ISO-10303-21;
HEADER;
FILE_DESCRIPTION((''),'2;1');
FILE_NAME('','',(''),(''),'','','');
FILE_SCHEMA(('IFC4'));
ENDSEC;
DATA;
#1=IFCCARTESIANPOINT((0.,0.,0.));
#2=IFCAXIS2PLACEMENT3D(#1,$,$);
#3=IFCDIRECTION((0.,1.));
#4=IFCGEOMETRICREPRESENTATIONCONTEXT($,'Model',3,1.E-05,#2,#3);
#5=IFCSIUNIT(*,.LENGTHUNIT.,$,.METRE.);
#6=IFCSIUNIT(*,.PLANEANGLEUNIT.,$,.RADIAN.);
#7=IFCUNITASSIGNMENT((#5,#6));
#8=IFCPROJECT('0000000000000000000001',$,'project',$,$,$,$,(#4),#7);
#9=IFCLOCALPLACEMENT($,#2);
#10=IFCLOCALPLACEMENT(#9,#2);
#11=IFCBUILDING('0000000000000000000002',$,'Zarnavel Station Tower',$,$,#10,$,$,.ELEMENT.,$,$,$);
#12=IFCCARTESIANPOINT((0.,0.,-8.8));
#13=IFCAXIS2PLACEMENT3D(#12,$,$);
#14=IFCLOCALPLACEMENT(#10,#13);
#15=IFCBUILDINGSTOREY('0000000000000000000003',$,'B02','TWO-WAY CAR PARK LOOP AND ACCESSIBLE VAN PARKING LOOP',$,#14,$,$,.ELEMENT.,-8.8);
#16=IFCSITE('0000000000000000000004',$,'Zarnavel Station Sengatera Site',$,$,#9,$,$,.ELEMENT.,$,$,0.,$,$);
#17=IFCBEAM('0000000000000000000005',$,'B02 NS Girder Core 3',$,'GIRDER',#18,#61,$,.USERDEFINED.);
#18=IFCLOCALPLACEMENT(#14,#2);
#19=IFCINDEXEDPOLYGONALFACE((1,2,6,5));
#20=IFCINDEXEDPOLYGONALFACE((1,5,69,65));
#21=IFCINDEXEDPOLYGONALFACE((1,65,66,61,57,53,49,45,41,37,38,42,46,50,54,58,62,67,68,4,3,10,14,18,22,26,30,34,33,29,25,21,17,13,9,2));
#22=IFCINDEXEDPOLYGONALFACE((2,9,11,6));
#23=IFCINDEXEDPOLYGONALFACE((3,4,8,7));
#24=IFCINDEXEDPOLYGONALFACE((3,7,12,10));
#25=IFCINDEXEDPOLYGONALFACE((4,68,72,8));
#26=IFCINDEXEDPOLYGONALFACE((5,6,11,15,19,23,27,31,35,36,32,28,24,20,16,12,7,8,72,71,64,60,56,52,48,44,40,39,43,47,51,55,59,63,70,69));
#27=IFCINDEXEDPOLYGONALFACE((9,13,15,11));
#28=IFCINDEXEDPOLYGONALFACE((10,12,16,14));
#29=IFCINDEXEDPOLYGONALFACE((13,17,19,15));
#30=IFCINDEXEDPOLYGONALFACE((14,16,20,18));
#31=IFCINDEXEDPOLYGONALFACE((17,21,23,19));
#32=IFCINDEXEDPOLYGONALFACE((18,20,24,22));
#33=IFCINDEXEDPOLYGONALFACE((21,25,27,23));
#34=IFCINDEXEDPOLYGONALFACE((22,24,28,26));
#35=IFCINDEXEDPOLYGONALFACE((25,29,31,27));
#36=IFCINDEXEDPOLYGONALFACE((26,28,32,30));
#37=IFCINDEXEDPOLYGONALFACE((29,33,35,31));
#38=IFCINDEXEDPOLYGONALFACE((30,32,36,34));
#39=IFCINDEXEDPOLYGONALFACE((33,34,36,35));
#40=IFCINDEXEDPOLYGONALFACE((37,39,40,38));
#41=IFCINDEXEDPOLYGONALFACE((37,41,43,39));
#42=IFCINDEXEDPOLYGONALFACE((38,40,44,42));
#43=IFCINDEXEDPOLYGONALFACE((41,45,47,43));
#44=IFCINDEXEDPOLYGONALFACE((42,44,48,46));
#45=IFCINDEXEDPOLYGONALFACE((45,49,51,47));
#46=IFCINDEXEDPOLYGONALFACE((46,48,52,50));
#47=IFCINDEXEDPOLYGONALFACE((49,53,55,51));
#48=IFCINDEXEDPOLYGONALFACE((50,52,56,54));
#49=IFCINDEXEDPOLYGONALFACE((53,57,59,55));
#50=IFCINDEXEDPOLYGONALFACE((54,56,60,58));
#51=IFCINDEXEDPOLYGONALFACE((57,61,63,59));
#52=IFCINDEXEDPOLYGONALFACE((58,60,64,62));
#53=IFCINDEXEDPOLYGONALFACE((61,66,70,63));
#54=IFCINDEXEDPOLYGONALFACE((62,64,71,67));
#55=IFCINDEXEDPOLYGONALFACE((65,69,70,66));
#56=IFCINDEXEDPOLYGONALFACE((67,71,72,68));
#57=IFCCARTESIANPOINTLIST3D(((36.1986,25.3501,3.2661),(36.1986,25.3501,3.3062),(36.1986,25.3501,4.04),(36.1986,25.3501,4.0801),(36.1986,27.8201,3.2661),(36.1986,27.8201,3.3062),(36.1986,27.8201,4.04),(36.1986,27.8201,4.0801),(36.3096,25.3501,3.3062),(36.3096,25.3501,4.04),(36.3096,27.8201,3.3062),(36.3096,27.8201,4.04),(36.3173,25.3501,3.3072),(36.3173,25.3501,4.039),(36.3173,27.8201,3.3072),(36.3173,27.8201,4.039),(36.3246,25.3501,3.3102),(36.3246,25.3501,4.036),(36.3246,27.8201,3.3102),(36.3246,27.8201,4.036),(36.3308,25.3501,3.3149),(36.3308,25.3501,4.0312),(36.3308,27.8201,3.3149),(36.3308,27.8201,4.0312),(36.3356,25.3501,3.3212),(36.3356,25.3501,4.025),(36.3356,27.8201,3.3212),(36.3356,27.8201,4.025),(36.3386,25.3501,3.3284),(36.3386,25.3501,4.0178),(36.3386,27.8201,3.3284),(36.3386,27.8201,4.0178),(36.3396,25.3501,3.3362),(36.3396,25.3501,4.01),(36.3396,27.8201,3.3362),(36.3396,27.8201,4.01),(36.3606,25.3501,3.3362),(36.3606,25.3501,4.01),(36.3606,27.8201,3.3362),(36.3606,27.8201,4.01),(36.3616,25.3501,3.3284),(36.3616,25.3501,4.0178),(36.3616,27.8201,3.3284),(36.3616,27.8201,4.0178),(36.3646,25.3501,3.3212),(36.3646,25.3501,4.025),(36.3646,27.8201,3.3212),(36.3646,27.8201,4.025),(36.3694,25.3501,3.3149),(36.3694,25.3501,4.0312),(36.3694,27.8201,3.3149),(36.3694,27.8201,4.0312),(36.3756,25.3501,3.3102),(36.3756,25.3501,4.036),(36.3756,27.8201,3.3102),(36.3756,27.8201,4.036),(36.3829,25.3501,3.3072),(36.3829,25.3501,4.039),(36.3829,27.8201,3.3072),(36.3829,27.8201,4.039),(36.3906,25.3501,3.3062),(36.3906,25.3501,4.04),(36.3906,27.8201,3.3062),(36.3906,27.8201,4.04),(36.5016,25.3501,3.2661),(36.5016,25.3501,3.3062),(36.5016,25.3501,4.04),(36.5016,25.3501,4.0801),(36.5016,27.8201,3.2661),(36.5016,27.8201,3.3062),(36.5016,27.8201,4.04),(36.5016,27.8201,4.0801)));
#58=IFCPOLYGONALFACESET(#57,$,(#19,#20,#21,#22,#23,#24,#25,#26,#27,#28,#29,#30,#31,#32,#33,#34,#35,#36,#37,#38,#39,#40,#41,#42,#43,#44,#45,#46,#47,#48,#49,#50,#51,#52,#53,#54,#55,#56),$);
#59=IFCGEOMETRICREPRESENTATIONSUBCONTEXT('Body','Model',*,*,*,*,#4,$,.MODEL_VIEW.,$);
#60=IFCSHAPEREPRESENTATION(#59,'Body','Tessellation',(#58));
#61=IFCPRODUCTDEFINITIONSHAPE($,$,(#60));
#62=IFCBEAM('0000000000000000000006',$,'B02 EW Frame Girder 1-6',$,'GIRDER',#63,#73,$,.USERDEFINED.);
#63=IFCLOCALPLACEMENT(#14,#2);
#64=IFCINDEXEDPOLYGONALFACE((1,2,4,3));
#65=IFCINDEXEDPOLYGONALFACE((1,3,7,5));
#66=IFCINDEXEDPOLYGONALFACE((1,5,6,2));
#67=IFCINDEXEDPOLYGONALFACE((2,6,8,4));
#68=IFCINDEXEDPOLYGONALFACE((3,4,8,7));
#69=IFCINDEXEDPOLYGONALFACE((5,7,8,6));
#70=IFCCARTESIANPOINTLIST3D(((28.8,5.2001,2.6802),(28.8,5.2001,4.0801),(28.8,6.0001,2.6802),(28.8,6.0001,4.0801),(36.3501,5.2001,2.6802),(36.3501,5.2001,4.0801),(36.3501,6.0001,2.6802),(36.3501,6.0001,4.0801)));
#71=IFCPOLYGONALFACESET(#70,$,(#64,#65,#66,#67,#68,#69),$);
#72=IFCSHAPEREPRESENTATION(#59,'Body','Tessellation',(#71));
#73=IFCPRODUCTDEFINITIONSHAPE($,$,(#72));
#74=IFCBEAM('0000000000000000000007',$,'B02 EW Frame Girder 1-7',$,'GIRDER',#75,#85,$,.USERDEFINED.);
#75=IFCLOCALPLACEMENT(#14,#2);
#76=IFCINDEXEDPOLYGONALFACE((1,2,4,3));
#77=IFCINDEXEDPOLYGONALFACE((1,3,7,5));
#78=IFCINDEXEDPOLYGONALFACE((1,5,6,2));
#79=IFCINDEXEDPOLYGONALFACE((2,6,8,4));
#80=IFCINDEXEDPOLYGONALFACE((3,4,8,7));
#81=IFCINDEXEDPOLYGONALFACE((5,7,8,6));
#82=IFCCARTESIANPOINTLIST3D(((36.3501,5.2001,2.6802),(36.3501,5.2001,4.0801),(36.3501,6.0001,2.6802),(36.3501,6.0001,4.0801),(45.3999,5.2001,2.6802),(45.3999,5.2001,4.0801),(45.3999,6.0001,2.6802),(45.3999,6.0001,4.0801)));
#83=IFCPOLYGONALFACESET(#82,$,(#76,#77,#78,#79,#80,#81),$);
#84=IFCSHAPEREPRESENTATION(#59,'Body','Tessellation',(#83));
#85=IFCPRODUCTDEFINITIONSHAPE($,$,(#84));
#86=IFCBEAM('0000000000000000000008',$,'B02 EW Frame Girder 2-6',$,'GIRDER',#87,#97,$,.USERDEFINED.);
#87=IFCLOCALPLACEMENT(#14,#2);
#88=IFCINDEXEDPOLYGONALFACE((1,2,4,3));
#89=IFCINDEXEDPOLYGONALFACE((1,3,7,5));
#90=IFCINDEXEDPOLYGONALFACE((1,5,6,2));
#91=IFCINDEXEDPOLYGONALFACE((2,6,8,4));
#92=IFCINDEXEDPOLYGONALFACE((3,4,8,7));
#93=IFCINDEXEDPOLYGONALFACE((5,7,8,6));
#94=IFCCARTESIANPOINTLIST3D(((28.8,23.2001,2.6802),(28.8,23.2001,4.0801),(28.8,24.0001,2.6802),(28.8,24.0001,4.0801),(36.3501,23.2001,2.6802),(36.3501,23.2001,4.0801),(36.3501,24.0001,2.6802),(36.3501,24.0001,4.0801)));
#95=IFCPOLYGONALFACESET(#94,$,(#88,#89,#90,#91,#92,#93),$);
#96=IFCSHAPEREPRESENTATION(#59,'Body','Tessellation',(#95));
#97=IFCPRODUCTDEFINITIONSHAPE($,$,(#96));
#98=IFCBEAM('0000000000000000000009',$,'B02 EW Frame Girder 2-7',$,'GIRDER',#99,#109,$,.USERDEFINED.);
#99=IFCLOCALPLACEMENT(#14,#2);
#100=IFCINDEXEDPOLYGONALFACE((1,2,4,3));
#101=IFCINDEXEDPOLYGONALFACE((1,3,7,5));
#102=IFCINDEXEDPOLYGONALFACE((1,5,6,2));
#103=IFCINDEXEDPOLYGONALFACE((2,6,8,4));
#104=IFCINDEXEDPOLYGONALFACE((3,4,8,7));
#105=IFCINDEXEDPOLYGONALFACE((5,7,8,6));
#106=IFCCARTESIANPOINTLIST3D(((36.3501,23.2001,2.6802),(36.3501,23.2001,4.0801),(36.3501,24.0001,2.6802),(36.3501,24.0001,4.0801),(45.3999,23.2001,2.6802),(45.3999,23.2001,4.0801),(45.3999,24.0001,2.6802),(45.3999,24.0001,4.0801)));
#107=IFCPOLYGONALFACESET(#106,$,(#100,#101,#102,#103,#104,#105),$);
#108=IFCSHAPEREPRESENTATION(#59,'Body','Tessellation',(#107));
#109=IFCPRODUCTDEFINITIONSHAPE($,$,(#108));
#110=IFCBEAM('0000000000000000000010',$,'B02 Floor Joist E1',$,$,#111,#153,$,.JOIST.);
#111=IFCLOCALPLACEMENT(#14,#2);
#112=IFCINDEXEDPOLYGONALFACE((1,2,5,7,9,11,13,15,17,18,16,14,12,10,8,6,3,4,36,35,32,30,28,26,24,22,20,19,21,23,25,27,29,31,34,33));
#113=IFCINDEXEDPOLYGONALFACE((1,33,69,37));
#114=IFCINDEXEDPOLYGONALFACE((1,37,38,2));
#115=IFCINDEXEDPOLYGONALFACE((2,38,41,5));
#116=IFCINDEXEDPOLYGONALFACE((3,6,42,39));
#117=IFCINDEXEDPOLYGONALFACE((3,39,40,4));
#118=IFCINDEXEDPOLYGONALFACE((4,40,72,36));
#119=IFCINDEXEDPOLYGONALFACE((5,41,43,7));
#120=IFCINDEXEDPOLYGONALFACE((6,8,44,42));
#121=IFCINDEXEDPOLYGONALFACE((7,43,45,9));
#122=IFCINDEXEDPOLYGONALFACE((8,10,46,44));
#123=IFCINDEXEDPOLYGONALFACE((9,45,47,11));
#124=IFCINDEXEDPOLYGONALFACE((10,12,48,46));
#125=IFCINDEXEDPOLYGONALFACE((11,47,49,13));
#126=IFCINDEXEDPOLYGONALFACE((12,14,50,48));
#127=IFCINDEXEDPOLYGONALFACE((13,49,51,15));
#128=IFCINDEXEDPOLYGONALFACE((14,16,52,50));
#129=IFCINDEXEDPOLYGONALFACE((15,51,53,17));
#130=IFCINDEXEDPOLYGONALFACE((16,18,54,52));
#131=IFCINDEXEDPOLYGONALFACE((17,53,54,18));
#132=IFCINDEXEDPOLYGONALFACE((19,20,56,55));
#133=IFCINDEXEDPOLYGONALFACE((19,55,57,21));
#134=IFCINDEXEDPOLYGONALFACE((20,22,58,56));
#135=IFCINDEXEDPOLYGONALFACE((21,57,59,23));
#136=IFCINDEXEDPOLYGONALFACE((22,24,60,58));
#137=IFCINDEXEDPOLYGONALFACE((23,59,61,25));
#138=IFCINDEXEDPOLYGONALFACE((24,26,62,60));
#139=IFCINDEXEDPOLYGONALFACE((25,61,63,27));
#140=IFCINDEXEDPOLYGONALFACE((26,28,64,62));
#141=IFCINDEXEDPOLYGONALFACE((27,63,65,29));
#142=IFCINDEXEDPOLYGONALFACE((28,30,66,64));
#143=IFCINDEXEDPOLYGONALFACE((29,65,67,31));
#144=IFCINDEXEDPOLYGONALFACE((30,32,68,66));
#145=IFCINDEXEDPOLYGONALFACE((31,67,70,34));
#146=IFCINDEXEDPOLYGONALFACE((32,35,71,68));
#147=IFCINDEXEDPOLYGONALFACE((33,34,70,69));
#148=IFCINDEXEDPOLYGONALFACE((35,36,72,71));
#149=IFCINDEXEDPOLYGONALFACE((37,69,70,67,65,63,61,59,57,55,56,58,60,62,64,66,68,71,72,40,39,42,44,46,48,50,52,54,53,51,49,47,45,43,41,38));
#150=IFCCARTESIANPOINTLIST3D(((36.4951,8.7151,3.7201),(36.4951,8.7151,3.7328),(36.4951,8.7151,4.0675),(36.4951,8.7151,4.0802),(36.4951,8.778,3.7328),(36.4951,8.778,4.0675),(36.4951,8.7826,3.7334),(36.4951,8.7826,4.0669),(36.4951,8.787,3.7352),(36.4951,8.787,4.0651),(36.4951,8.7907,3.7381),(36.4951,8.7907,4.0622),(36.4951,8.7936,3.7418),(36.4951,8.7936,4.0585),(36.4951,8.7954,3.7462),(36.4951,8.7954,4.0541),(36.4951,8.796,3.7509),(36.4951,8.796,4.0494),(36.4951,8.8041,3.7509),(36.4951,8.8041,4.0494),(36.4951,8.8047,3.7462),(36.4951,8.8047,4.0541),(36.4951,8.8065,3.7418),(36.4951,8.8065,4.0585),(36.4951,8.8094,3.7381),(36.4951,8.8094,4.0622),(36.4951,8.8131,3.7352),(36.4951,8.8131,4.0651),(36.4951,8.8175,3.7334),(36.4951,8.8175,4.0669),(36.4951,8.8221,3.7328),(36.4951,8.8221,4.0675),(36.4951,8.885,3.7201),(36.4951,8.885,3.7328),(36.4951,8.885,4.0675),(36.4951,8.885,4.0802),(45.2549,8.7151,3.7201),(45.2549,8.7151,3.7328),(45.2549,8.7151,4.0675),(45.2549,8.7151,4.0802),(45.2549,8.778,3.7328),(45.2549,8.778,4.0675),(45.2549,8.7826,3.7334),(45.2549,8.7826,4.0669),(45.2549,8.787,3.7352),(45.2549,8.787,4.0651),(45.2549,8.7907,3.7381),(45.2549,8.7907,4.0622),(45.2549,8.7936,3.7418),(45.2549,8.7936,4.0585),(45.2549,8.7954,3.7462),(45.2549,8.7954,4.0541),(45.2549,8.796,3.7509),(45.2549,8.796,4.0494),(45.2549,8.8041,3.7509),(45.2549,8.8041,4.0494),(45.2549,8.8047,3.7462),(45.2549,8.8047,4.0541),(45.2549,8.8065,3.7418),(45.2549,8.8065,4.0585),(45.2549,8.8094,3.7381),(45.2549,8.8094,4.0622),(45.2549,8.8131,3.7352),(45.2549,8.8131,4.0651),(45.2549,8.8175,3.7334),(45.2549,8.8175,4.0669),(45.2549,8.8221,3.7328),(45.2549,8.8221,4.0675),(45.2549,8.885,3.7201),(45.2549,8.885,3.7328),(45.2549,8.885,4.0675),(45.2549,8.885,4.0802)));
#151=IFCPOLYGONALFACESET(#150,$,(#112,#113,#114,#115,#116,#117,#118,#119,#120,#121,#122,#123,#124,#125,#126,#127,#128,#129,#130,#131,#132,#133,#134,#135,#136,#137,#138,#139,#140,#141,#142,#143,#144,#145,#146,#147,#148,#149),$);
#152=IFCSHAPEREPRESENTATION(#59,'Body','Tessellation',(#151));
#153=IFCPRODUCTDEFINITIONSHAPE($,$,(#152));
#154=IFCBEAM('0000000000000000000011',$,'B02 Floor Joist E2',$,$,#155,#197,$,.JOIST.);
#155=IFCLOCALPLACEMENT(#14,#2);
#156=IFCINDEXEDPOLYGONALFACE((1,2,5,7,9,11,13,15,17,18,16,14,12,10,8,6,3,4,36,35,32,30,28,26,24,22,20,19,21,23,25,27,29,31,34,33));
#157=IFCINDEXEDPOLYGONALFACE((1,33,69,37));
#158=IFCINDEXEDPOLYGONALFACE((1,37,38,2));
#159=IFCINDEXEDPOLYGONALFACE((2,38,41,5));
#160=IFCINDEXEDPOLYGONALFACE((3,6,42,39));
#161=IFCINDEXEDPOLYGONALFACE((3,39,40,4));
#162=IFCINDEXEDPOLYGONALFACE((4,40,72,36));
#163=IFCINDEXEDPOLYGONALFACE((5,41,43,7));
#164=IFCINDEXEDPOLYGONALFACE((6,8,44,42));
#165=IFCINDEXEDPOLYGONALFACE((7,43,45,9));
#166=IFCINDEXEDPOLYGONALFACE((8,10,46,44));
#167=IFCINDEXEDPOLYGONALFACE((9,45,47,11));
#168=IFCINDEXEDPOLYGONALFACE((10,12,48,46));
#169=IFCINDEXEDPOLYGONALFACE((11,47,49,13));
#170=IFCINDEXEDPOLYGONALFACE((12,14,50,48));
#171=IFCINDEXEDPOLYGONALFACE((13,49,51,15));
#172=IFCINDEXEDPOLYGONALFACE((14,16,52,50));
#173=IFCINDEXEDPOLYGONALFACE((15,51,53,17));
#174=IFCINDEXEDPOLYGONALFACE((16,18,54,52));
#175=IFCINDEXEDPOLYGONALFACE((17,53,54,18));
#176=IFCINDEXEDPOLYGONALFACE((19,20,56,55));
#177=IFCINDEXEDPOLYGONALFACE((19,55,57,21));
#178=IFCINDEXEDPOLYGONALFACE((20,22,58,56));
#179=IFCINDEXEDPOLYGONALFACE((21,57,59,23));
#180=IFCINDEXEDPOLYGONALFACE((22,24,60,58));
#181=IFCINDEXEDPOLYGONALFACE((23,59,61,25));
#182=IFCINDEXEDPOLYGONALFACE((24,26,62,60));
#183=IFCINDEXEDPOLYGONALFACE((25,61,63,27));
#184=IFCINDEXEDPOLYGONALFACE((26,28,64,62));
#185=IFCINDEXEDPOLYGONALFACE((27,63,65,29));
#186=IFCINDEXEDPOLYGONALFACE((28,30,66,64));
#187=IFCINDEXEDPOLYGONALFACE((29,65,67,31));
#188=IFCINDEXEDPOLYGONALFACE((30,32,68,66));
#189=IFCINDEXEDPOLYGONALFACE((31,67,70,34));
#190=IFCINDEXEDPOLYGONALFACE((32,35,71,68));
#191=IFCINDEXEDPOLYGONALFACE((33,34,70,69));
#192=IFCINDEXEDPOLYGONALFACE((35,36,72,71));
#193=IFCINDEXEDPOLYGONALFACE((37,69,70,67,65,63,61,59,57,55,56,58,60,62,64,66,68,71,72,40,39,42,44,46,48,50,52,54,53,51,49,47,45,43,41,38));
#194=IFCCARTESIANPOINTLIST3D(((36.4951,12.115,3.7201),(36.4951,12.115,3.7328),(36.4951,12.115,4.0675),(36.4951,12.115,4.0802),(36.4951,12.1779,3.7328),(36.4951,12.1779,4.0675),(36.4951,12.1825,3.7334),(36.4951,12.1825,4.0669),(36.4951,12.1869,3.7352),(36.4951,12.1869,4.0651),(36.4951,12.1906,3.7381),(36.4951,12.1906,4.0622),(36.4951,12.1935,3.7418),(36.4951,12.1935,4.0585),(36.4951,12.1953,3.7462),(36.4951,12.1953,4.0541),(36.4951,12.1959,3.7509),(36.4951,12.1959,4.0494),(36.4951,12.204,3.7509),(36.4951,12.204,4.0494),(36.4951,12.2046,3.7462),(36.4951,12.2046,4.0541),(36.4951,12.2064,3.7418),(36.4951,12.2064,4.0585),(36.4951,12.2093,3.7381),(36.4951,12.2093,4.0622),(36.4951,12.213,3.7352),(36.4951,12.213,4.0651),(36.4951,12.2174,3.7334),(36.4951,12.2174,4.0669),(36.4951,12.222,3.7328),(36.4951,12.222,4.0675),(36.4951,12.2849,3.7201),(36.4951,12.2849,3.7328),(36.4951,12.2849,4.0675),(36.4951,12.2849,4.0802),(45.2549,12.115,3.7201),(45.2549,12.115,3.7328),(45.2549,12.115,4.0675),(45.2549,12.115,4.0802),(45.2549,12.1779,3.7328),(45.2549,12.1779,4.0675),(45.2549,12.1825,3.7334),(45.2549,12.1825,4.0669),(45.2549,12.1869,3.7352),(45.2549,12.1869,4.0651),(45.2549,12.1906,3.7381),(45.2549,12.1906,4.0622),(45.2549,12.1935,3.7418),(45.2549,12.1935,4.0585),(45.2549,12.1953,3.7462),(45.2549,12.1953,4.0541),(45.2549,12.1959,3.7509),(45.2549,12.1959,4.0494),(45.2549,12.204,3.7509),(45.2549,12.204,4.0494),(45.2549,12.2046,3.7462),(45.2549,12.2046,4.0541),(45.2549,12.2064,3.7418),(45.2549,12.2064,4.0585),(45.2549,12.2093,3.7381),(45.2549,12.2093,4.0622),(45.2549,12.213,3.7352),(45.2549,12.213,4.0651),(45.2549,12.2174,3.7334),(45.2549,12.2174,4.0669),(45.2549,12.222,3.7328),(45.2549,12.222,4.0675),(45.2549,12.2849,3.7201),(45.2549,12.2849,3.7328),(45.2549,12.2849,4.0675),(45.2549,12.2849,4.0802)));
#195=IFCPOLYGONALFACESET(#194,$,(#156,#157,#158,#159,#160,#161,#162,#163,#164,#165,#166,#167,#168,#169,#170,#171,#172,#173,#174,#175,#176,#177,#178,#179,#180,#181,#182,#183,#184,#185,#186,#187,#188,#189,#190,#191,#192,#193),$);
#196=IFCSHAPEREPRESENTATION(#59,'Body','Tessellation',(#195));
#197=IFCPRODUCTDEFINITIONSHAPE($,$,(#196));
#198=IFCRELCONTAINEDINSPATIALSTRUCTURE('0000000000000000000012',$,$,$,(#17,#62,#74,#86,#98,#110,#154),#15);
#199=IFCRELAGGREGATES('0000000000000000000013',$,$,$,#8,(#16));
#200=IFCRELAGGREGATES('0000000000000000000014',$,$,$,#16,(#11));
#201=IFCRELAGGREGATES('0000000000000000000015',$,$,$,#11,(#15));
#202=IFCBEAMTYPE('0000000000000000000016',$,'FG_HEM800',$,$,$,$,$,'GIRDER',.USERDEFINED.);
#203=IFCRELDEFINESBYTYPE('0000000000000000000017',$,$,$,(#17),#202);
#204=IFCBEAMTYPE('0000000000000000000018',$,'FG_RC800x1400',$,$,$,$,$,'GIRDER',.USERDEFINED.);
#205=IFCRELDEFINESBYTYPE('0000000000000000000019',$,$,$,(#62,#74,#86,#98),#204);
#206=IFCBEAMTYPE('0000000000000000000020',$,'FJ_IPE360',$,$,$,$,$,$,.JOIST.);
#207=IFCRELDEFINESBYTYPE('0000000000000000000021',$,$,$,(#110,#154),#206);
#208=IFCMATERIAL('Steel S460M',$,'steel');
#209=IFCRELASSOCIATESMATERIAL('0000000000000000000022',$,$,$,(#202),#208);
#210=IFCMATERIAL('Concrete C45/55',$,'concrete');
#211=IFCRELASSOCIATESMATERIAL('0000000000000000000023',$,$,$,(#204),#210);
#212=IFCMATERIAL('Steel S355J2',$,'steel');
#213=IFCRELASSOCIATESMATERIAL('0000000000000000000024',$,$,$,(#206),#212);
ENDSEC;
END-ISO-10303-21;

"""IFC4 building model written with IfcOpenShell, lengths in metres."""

from ifc_helpers import new_model, si_unit, direction, frame, origin, origin_2d, place, context, subcontext, project, spatial, rectangle, i_section, extrude, material, material_profile, profile_set, type_object, element, save


model = new_model("IFC4")

# Units and contexts
model_context = context("Model", 3, precision=1e-05, world=origin(), true_north=direction((0.0, 1.0)))
body_context = subcontext(model_context, "Body", "Model", "MODEL_VIEW")
ifc_project = project(units=[si_unit("LENGTHUNIT", "METRE"), si_unit("PLANEANGLEUNIT", "RADIAN")], contexts=[model_context])

# Site, building, storey
site_placement = place(None, origin())
site = spatial("IfcSite", under=ifc_project, at=site_placement, Name="Zarnavel Station Sengatera Site", CompositionType="ELEMENT", RefElevation=0.0)
building_placement = place(site_placement, origin())
building = spatial("IfcBuilding", under=site, at=building_placement, Name="Zarnavel Station Tower", CompositionType="ELEMENT")
storey_placement = place(building_placement, frame((0.0, 0.0, -8.8)))
storey = spatial("IfcBuildingStorey", under=building, at=storey_placement, Name="B02", Description="TWO-WAY CAR PARK LOOP AND ACCESSIBLE VAN PARKING LOOP", CompositionType="ELEMENT", Elevation=-8.8)

# Beams
ifc_material_1 = material(Name="Steel S460M", Category="steel")
ifc_material_profile_1 = material_profile(ifc_material_1, i_section(OverallWidth=0.303, OverallDepth=0.814, WebThickness=0.021, FlangeThickness=0.04, FilletRadius=0.03, at=origin_2d()), Name="HEM800")
ifc_profile_set_1 = profile_set([ifc_material_profile_1], Name="Steel S460M")
beam_type_1 = type_object("IfcBeamType", Name="FG_HEM800", ElementType="GIRDER", PredefinedType="USERDEFINED", material=ifc_profile_set_1)
beam_1_placement = place(storey_placement, frame((36.3501, 25.3501, 3.6731), z_axis=(0.0, 1.0, 0.0), x_axis=(-1.0, 0.0, 0.0)))
element("IfcBeam", 1, at=beam_1_placement, inside=storey, type_object=beam_type_1, Name="B02 NS Girder Core 3", ObjectType="GIRDER", PredefinedType="USERDEFINED", context=body_context, shape_type="SweptSolid", body=[
    extrude(i_section(OverallWidth=0.303, OverallDepth=0.814, WebThickness=0.021, FlangeThickness=0.04, FilletRadius=0.03, at=origin_2d()), origin(), (0.0, 0.0, 1.0), 2.47),
])
ifc_material_2 = material(Name="Concrete C45/55", Category="concrete")
ifc_material_profile_2 = material_profile(ifc_material_2, rectangle(XDim=0.8, YDim=1.3999, at=origin_2d()), Name="RC800x1400")
ifc_profile_set_2 = profile_set([ifc_material_profile_2], Name="Concrete C45/55")
beam_type_2 = type_object("IfcBeamType", Name="FG_RC800x1400", ElementType="GIRDER", PredefinedType="USERDEFINED", material=ifc_profile_set_2)
beam_2_placement = place(storey_placement, frame((28.8, 5.6001, 3.3801), z_axis=(1.0, 0.0, 0.0), x_axis=(0.0, 1.0, 0.0)))
element("IfcBeam", 2, at=beam_2_placement, inside=storey, type_object=beam_type_2, Name="B02 EW Frame Girder 1-6", ObjectType="GIRDER", PredefinedType="USERDEFINED", context=body_context, shape_type="SweptSolid", body=[
    extrude(rectangle(XDim=0.8, YDim=1.3999, at=origin_2d()), origin(), (0.0, 0.0, 1.0), 7.55),
])
beam_3_placement = place(storey_placement, frame((36.3501, 5.6001, 3.3801), z_axis=(1.0, 0.0, 0.0), x_axis=(0.0, 1.0, 0.0)))
element("IfcBeam", 3, at=beam_3_placement, inside=storey, type_object=beam_type_2, Name="B02 EW Frame Girder 1-7", ObjectType="GIRDER", PredefinedType="USERDEFINED", context=body_context, shape_type="SweptSolid", body=[
    extrude(rectangle(XDim=0.8, YDim=1.3999, at=origin_2d()), origin(), (0.0, 0.0, 1.0), 9.0498),
])
beam_4_placement = place(storey_placement, frame((28.8, 23.6001, 3.3801), z_axis=(1.0, 0.0, 0.0), x_axis=(0.0, 1.0, 0.0)))
element("IfcBeam", 4, at=beam_4_placement, inside=storey, type_object=beam_type_2, Name="B02 EW Frame Girder 2-6", ObjectType="GIRDER", PredefinedType="USERDEFINED", context=body_context, shape_type="SweptSolid", body=[
    extrude(rectangle(XDim=0.8, YDim=1.3999, at=origin_2d()), origin(), (0.0, 0.0, 1.0), 7.55),
])
beam_5_placement = place(storey_placement, frame((36.3501, 23.6001, 3.3801), z_axis=(1.0, 0.0, 0.0), x_axis=(0.0, 1.0, 0.0)))
element("IfcBeam", 5, at=beam_5_placement, inside=storey, type_object=beam_type_2, Name="B02 EW Frame Girder 2-7", ObjectType="GIRDER", PredefinedType="USERDEFINED", context=body_context, shape_type="SweptSolid", body=[
    extrude(rectangle(XDim=0.8, YDim=1.3999, at=origin_2d()), origin(), (0.0, 0.0, 1.0), 9.0498),
])
ifc_material_3 = material(Name="Steel S355J2", Category="steel")
ifc_material_profile_3 = material_profile(ifc_material_3, i_section(OverallWidth=0.1699, OverallDepth=0.3601, WebThickness=0.0081, FlangeThickness=0.0127, FilletRadius=0.0181, at=origin_2d()), Name="IPE360")
ifc_profile_set_3 = profile_set([ifc_material_profile_3], Name="Steel S355J2")
beam_type_3 = type_object("IfcBeamType", Name="FJ_IPE360", PredefinedType="JOIST", material=ifc_profile_set_3)
for number, where, z_axis, x_axis, name in (
    (6, (36.4951, 8.8, 3.9001), (1.0, 0.0, 0.0), (0.0, 1.0, 0.0), "B02 Floor Joist E1"),
    (7, (36.4951, 12.2, 3.9001), (1.0, 0.0, 0.0), (0.0, 1.0, 0.0), "B02 Floor Joist E2"),
):
    element("IfcBeam", number, at=place(storey_placement, frame(where, z_axis=z_axis, x_axis=x_axis)), inside=storey, type_object=beam_type_3, Name=name, PredefinedType="JOIST", context=body_context, shape_type="SweptSolid", body=[
        extrude(i_section(OverallWidth=0.1699, OverallDepth=0.3601, WebThickness=0.0081, FlangeThickness=0.0127, FilletRadius=0.0181, at=origin_2d()), origin(), (0.0, 0.0, 1.0), 8.7598),
    ])

save(model, "model.ifc")
